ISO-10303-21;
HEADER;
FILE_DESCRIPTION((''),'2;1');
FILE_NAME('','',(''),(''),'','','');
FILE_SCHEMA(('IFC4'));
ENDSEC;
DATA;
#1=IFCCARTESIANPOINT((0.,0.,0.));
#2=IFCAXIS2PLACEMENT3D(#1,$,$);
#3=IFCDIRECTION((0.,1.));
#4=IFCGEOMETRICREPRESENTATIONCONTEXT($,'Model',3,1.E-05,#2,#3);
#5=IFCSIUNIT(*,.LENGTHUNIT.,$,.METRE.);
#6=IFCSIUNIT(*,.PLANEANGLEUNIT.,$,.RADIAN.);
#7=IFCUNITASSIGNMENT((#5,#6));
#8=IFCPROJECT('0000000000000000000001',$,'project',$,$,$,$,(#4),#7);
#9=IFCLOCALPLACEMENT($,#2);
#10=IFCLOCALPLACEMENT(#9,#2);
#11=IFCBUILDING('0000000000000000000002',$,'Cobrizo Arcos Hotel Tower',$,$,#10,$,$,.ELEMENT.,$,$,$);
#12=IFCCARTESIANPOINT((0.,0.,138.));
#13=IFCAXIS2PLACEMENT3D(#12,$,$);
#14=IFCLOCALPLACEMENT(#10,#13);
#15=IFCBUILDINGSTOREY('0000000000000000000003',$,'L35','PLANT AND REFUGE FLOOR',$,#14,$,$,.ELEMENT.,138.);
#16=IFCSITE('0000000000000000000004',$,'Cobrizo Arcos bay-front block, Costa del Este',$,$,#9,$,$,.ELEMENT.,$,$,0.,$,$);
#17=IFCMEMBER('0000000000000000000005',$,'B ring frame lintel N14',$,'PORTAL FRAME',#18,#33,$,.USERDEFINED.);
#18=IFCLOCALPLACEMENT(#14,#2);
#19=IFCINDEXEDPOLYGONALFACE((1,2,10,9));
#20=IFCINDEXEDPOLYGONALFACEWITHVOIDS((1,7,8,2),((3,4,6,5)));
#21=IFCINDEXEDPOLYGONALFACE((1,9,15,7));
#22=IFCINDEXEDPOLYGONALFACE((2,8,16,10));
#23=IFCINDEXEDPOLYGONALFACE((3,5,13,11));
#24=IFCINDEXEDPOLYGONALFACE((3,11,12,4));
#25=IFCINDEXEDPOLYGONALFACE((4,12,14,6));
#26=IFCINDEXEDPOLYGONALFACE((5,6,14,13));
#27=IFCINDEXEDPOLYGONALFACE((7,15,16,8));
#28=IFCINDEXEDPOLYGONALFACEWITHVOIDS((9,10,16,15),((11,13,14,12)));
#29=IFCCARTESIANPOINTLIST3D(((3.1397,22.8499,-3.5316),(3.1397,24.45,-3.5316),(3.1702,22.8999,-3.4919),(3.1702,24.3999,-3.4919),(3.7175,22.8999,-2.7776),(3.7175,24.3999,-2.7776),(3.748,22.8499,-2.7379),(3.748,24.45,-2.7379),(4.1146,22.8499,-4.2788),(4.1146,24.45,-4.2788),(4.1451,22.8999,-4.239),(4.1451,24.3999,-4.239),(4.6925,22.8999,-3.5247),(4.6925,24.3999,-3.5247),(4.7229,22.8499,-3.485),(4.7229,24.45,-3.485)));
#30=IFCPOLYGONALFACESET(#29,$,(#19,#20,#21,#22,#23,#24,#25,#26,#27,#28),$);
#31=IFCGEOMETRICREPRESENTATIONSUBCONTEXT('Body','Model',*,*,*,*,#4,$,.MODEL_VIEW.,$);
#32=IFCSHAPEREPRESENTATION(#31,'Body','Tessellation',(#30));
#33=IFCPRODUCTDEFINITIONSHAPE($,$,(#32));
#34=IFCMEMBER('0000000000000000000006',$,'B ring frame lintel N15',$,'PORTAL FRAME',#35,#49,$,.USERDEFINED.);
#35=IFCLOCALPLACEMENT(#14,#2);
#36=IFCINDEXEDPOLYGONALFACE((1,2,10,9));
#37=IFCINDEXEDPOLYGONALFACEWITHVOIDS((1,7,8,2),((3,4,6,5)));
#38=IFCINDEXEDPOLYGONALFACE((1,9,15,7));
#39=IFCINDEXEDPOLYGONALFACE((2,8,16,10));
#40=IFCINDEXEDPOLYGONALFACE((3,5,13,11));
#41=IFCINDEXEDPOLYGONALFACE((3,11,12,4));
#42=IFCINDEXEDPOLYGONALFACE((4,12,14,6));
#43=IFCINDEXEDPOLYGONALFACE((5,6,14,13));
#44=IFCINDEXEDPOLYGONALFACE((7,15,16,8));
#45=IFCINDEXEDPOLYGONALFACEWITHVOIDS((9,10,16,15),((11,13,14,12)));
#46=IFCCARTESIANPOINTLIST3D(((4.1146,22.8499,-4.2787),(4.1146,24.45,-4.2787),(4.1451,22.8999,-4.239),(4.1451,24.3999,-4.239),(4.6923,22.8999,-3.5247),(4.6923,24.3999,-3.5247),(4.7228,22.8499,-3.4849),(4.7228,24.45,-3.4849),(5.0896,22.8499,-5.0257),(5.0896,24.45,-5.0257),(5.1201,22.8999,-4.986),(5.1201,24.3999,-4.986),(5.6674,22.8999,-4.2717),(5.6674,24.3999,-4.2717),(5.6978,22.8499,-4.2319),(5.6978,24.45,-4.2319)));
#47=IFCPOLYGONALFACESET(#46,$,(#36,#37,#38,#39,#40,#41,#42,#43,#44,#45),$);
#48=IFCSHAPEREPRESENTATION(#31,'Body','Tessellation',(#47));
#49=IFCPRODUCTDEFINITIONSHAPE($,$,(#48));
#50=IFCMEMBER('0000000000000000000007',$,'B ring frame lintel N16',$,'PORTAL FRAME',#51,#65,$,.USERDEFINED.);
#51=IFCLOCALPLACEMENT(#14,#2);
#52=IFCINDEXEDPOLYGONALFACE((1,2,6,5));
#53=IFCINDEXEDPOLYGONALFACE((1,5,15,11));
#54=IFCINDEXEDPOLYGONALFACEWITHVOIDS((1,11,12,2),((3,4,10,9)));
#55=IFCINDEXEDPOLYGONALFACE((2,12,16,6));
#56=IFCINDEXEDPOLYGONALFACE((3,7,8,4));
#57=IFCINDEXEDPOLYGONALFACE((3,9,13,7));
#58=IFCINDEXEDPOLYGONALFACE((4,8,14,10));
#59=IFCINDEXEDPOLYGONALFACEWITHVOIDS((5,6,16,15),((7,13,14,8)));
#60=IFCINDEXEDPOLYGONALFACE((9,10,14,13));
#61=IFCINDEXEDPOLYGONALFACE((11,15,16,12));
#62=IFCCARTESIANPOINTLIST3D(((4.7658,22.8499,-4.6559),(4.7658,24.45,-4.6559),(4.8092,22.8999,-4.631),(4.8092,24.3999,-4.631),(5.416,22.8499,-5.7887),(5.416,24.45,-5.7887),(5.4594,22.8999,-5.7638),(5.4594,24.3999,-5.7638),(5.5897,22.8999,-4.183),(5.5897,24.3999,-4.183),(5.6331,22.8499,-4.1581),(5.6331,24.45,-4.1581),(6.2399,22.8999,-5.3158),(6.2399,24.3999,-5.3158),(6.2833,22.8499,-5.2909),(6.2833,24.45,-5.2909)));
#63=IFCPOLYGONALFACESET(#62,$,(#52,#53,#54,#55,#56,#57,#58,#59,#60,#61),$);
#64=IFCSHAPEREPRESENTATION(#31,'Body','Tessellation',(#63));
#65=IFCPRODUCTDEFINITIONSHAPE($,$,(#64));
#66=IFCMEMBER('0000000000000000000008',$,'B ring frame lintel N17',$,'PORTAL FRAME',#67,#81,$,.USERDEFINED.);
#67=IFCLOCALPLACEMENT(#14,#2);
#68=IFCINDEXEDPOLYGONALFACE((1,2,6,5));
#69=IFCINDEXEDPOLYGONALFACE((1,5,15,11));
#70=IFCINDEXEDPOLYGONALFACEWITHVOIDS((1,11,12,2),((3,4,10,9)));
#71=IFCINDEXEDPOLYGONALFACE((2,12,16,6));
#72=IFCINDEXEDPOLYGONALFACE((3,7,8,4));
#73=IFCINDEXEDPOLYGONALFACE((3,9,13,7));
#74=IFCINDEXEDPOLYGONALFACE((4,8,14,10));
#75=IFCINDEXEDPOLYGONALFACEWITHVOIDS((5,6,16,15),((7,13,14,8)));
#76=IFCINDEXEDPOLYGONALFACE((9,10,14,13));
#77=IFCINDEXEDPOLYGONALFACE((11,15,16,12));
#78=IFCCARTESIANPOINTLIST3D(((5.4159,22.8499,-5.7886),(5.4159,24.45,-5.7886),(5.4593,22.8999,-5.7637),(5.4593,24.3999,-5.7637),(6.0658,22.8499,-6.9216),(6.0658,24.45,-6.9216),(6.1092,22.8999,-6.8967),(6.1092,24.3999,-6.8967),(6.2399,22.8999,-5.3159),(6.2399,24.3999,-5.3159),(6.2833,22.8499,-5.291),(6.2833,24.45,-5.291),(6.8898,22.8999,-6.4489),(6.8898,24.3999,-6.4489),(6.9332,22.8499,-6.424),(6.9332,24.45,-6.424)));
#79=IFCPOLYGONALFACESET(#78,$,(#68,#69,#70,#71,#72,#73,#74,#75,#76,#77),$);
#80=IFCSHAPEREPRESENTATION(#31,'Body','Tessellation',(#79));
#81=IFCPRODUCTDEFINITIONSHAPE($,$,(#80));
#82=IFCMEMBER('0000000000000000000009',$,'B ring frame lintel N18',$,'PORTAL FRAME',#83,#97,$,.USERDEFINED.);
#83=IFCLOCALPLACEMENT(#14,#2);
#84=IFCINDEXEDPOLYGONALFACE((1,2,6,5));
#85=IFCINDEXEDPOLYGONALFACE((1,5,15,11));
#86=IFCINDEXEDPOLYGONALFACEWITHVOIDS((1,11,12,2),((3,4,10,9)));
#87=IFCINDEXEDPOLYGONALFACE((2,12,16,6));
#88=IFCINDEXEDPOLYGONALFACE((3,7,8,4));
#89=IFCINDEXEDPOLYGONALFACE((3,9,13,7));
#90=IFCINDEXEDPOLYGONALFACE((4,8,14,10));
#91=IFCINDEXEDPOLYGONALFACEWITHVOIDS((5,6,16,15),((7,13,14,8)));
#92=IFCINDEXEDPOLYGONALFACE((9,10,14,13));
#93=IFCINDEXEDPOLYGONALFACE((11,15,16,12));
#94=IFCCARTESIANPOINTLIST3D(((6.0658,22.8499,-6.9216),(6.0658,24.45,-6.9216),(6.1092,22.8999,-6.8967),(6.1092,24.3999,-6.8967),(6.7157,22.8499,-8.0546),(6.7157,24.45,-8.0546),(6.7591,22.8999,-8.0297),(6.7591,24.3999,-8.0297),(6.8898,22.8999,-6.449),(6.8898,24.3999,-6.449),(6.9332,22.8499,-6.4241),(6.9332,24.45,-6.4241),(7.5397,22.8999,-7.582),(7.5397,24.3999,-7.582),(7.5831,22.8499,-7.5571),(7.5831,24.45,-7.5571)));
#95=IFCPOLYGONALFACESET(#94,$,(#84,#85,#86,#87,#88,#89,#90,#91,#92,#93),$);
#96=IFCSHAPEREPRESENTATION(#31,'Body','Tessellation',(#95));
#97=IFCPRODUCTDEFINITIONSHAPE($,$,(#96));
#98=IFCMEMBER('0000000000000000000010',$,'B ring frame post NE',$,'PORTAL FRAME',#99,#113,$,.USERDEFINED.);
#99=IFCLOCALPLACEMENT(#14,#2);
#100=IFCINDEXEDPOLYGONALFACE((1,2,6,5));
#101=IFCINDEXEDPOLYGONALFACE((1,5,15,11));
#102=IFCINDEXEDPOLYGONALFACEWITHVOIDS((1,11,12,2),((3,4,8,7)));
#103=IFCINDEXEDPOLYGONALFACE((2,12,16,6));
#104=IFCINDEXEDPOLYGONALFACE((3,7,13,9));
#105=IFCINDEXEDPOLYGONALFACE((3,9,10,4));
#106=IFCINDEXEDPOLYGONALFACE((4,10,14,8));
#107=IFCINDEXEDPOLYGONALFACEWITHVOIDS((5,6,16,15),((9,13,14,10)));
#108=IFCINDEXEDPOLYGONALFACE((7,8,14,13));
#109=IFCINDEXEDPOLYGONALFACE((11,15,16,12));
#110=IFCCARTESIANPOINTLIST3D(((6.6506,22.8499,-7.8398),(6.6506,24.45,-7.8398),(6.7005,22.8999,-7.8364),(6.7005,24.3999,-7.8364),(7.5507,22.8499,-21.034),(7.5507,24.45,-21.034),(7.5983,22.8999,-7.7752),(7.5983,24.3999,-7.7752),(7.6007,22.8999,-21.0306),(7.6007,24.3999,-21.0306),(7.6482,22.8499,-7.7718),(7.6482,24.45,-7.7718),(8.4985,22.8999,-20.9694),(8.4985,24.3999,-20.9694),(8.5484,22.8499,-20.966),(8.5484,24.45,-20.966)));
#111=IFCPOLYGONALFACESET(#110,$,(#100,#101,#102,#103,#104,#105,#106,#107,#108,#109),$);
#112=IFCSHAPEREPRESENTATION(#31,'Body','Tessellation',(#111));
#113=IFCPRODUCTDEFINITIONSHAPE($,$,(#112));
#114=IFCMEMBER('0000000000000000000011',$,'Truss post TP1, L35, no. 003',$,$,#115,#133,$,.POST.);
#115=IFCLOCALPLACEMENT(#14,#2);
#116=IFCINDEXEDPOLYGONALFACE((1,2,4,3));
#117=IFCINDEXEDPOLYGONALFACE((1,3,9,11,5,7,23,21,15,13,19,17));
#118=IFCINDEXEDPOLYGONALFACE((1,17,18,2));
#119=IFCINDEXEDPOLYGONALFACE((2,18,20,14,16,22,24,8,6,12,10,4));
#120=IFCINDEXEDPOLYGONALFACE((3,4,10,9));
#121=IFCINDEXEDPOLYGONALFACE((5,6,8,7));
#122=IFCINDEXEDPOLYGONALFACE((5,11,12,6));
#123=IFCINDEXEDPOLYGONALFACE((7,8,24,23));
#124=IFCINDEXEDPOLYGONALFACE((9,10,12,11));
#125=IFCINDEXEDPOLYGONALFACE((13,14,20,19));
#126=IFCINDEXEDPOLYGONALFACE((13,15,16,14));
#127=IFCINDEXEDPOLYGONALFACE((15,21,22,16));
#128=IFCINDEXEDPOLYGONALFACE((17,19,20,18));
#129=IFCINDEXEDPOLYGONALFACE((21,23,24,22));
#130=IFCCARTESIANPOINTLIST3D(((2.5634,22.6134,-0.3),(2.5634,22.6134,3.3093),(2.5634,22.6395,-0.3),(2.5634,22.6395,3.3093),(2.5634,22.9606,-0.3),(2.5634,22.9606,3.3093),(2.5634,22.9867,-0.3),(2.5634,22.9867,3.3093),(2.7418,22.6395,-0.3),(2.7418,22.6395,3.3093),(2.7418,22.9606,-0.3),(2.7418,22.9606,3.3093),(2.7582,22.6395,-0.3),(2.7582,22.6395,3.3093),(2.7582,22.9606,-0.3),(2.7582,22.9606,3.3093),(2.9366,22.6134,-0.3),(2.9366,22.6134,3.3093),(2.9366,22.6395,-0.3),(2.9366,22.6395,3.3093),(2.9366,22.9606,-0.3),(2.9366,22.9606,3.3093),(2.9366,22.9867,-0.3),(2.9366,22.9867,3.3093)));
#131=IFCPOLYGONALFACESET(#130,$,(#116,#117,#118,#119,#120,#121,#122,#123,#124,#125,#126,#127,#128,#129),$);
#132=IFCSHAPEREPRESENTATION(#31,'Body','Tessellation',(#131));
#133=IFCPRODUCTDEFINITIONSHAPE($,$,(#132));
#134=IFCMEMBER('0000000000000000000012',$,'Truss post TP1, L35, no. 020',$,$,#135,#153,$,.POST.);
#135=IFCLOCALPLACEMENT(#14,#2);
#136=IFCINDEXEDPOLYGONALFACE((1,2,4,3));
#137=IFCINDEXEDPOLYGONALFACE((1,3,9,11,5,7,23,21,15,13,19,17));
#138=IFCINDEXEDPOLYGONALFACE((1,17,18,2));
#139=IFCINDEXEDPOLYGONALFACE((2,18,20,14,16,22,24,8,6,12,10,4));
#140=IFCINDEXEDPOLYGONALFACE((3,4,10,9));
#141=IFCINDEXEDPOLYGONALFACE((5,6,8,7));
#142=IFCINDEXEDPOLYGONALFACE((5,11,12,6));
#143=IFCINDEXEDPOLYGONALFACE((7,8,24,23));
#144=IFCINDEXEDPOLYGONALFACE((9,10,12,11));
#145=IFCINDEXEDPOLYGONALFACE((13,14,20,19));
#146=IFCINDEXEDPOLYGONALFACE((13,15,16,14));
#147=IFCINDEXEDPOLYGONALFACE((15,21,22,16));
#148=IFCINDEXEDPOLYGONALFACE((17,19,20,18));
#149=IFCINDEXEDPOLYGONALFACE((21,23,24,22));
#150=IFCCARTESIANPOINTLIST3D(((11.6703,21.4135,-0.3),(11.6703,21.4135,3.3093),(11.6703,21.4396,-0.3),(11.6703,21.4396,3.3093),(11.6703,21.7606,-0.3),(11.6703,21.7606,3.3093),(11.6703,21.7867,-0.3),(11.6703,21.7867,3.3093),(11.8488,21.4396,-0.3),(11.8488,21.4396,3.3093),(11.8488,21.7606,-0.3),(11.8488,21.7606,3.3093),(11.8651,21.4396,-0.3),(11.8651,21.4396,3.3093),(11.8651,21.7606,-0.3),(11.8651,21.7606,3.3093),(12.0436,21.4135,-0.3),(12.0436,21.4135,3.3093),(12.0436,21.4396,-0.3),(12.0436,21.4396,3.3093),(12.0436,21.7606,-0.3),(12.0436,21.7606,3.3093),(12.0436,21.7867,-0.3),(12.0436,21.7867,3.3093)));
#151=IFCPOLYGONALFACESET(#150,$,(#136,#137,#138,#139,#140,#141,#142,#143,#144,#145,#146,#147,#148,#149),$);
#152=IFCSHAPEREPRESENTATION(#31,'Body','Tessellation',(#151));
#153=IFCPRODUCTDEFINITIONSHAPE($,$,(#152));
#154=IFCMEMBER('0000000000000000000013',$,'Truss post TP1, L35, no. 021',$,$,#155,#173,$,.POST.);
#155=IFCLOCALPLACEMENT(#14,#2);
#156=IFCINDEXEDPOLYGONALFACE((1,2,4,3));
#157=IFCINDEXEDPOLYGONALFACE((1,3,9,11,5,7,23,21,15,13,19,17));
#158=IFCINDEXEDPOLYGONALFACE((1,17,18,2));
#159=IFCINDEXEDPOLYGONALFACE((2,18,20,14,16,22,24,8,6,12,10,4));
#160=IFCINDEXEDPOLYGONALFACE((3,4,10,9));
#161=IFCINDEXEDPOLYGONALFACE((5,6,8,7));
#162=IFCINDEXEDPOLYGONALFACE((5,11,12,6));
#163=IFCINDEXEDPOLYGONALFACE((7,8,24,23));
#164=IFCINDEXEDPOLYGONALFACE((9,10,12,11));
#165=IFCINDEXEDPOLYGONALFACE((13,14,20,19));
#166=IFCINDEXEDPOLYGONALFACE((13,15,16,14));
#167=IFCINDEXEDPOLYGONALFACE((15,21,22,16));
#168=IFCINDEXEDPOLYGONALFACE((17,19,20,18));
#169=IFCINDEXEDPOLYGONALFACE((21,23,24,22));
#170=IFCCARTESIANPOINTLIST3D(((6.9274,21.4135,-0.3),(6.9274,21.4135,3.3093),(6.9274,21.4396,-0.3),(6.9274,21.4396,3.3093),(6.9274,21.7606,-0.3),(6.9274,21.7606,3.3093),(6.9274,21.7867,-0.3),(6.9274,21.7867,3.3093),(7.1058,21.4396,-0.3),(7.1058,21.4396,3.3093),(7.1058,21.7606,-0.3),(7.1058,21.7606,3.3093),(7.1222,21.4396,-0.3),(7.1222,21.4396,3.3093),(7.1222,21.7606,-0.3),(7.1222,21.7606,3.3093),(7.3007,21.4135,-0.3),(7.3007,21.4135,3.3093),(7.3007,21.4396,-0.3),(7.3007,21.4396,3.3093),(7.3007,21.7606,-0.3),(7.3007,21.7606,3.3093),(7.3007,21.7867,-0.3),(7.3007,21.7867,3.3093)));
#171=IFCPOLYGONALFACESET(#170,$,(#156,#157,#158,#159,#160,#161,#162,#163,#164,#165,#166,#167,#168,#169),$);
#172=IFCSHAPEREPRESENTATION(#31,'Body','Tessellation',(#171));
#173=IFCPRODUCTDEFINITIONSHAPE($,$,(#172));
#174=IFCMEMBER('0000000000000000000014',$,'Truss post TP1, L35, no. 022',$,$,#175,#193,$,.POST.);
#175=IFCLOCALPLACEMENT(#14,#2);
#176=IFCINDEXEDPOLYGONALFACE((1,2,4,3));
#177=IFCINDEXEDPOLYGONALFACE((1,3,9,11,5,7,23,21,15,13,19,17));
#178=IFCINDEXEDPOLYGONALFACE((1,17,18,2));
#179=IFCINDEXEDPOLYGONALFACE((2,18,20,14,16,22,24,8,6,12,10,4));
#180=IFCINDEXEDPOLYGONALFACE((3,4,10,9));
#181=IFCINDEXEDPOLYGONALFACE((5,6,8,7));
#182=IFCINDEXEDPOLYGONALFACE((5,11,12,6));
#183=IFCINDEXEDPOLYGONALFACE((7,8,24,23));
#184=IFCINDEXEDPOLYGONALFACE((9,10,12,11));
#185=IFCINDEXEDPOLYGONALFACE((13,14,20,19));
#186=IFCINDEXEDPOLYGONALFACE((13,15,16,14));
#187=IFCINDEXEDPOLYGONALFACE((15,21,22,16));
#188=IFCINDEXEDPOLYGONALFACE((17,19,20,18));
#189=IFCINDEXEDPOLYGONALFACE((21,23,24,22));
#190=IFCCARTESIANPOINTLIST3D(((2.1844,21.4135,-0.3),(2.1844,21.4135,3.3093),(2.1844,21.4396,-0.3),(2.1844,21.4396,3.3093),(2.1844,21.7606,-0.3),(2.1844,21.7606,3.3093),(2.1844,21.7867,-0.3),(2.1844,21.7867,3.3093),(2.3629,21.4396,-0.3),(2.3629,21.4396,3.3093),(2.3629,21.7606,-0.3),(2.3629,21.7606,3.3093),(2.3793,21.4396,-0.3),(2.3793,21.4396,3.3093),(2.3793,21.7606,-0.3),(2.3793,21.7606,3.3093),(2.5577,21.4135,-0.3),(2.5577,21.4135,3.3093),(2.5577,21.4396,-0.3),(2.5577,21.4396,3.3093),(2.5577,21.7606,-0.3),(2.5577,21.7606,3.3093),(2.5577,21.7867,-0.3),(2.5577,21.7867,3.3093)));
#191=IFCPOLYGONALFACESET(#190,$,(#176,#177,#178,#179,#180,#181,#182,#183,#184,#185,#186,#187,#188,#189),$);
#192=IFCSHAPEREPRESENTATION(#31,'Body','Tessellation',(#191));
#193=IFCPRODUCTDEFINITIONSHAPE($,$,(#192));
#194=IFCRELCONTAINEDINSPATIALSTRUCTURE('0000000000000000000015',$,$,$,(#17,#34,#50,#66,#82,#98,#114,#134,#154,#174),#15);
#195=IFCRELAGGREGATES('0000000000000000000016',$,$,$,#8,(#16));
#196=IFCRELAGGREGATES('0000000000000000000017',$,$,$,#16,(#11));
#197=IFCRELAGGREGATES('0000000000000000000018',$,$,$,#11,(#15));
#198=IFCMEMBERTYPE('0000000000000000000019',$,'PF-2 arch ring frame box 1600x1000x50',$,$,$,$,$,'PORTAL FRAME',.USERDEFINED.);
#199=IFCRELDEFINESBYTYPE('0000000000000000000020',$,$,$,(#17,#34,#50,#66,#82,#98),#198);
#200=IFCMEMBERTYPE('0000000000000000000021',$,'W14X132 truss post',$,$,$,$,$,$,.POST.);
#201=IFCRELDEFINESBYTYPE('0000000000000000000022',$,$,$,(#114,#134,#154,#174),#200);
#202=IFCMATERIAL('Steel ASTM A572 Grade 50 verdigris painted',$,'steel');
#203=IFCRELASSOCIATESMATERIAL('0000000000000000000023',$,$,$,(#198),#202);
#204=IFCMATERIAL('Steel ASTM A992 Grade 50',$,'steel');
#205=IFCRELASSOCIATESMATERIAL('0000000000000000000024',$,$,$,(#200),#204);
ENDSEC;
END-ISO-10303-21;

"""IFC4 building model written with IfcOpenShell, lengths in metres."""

from ifc_helpers import new_model, si_unit, direction, frame, origin, origin_2d, place, context, subcontext, project, spatial, hollow_rectangle, i_section, extrude, material, material_profile, profile_set, type_object, element, save


model = new_model("IFC4")

# Units and contexts
model_context = context("Model", 3, precision=1e-05, world=origin(), true_north=direction((0.0, 1.0)))
body_context = subcontext(model_context, "Body", "Model", "MODEL_VIEW")
ifc_project = project(units=[si_unit("LENGTHUNIT", "METRE"), si_unit("PLANEANGLEUNIT", "RADIAN")], contexts=[model_context])

# Site, building, storey
site_placement = place(None, origin())
site = spatial("IfcSite", under=ifc_project, at=site_placement, Name="Cobrizo Arcos bay-front block, Costa del Este", CompositionType="ELEMENT", RefElevation=0.0)
building_placement = place(site_placement, origin())
building = spatial("IfcBuilding", under=site, at=building_placement, Name="Cobrizo Arcos Hotel Tower", CompositionType="ELEMENT")
storey_placement = place(building_placement, frame((0.0, 0.0, 138.0)))
storey = spatial("IfcBuildingStorey", under=building, at=storey_placement, Name="L35", Description="PLANT AND REFUGE FLOOR", CompositionType="ELEMENT", Elevation=138.0)

# Members
ifc_material_1 = material(Name="Steel ASTM A572 Grade 50 verdigris painted", Category="steel")
ifc_material_profile_1 = material_profile(ifc_material_1, hollow_rectangle(XDim=1.6001, YDim=1.0, WallThickness=0.05, at=origin_2d()), Name="PF-2 arch ring frame box 1600x1000x50")
ifc_profile_set_1 = profile_set([ifc_material_profile_1], Name="Steel ASTM A572 Grade 50 verdigris painted")
member_type_1 = type_object("IfcMemberType", Name="PF-2 arch ring frame box 1600x1000x50", ElementType="PORTAL FRAME", PredefinedType="USERDEFINED", material=ifc_profile_set_1)
for number, where, z_axis, x_axis, name in (
    (1, (3.4438, 23.6499, -3.1348), (0.793731, 0.0, -0.608269), (0.0, 1.0, 0.0), "B ring frame lintel N14"),
    (2, (4.4187, 23.6499, -3.8818), (0.793805, 0.0, -0.608173), (0.0, 1.0, 0.0), "B ring frame lintel N15"),
):
    element("IfcMember", number, at=place(storey_placement, frame(where, z_axis=z_axis, x_axis=x_axis)), inside=storey, type_object=member_type_1, Name=name, ObjectType="PORTAL FRAME", PredefinedType="USERDEFINED", context=body_context, shape_type="SweptSolid", body=[
        extrude(hollow_rectangle(XDim=1.6001, YDim=1.0, WallThickness=0.05, at=origin_2d()), origin(), (0.0, 0.0, 1.0), 1.2283),
    ])
for number, where, z_axis, x_axis, name in (
    (3, (5.1995, 23.6499, -4.407), (0.497769, 0.0, -0.86731), (0.0, 1.0, 0.0), "B ring frame lintel N16"),
    (4, (5.8496, 23.6499, -5.5398), (0.497547, 0.0, -0.867437), (0.0, 1.0, 0.0), "B ring frame lintel N17"),
    (5, (6.4995, 23.6499, -6.6729), (0.497547, 0.0, -0.867437), (0.0, 1.0, 0.0), "B ring frame lintel N18"),
):
    element("IfcMember", number, at=place(storey_placement, frame(where, z_axis=z_axis, x_axis=x_axis)), inside=storey, type_object=member_type_1, Name=name, ObjectType="PORTAL FRAME", PredefinedType="USERDEFINED", context=body_context, shape_type="SweptSolid", body=[
        extrude(hollow_rectangle(XDim=1.6001, YDim=1.0, WallThickness=0.05, at=origin_2d()), origin(), (0.0, 0.0, 1.0), 1.3062),
    ])
member_1_placement = place(storey_placement, frame((8.0496, 23.6499, -21.0), z_axis=(-0.068065, 0.0, 0.997681), x_axis=(0.0, -1.0, 0.0)))
element("IfcMember", 6, at=member_1_placement, inside=storey, type_object=member_type_1, Name="B ring frame post NE", ObjectType="PORTAL FRAME", PredefinedType="USERDEFINED", context=body_context, shape_type="SweptSolid", body=[
    extrude(hollow_rectangle(XDim=1.6001, YDim=1.0, WallThickness=0.05, at=origin_2d()), origin(), (0.0, 0.0, 1.0), 13.2249),
])
ifc_material_2 = material(Name="Steel ASTM A992 Grade 50", Category="steel")
ifc_material_profile_2 = material_profile(ifc_material_2, i_section(OverallWidth=0.3733, OverallDepth=0.3733, WebThickness=0.0164, FlangeThickness=0.0261, at=origin_2d()), Name="W14X132")
ifc_profile_set_2 = profile_set([ifc_material_profile_2], Name="Steel ASTM A992 Grade 50")
member_type_2 = type_object("IfcMemberType", Name="W14X132 truss post", PredefinedType="POST", material=ifc_profile_set_2)
for number, where, z_axis, x_axis, name in (
    (7, (2.75, 22.8, -0.3), (0.0, 0.0, 1.0), (1.0, 0.0, 0.0), "Truss post TP1, L35, no. 003"),
    (8, (11.8569, 21.6001, -0.3), (0.0, 0.0, 1.0), (1.0, 0.0, 0.0), "Truss post TP1, L35, no. 020"),
    (9, (7.114, 21.6001, -0.3), (0.0, 0.0, 1.0), (1.0, 0.0, 0.0), "Truss post TP1, L35, no. 021"),
    (10, (2.3711, 21.6001, -0.3), (0.0, 0.0, 1.0), (1.0, 0.0, 0.0), "Truss post TP1, L35, no. 022"),
):
    element("IfcMember", number, at=place(storey_placement, frame(where, z_axis=z_axis, x_axis=x_axis)), inside=storey, type_object=member_type_2, Name=name, PredefinedType="POST", context=body_context, shape_type="SweptSolid", body=[
        extrude(i_section(OverallWidth=0.3733, OverallDepth=0.3733, WebThickness=0.0164, FlangeThickness=0.0261, at=origin_2d()), origin(), (0.0, 0.0, 1.0), 3.6094),
    ])

save(model, "model.ifc")
